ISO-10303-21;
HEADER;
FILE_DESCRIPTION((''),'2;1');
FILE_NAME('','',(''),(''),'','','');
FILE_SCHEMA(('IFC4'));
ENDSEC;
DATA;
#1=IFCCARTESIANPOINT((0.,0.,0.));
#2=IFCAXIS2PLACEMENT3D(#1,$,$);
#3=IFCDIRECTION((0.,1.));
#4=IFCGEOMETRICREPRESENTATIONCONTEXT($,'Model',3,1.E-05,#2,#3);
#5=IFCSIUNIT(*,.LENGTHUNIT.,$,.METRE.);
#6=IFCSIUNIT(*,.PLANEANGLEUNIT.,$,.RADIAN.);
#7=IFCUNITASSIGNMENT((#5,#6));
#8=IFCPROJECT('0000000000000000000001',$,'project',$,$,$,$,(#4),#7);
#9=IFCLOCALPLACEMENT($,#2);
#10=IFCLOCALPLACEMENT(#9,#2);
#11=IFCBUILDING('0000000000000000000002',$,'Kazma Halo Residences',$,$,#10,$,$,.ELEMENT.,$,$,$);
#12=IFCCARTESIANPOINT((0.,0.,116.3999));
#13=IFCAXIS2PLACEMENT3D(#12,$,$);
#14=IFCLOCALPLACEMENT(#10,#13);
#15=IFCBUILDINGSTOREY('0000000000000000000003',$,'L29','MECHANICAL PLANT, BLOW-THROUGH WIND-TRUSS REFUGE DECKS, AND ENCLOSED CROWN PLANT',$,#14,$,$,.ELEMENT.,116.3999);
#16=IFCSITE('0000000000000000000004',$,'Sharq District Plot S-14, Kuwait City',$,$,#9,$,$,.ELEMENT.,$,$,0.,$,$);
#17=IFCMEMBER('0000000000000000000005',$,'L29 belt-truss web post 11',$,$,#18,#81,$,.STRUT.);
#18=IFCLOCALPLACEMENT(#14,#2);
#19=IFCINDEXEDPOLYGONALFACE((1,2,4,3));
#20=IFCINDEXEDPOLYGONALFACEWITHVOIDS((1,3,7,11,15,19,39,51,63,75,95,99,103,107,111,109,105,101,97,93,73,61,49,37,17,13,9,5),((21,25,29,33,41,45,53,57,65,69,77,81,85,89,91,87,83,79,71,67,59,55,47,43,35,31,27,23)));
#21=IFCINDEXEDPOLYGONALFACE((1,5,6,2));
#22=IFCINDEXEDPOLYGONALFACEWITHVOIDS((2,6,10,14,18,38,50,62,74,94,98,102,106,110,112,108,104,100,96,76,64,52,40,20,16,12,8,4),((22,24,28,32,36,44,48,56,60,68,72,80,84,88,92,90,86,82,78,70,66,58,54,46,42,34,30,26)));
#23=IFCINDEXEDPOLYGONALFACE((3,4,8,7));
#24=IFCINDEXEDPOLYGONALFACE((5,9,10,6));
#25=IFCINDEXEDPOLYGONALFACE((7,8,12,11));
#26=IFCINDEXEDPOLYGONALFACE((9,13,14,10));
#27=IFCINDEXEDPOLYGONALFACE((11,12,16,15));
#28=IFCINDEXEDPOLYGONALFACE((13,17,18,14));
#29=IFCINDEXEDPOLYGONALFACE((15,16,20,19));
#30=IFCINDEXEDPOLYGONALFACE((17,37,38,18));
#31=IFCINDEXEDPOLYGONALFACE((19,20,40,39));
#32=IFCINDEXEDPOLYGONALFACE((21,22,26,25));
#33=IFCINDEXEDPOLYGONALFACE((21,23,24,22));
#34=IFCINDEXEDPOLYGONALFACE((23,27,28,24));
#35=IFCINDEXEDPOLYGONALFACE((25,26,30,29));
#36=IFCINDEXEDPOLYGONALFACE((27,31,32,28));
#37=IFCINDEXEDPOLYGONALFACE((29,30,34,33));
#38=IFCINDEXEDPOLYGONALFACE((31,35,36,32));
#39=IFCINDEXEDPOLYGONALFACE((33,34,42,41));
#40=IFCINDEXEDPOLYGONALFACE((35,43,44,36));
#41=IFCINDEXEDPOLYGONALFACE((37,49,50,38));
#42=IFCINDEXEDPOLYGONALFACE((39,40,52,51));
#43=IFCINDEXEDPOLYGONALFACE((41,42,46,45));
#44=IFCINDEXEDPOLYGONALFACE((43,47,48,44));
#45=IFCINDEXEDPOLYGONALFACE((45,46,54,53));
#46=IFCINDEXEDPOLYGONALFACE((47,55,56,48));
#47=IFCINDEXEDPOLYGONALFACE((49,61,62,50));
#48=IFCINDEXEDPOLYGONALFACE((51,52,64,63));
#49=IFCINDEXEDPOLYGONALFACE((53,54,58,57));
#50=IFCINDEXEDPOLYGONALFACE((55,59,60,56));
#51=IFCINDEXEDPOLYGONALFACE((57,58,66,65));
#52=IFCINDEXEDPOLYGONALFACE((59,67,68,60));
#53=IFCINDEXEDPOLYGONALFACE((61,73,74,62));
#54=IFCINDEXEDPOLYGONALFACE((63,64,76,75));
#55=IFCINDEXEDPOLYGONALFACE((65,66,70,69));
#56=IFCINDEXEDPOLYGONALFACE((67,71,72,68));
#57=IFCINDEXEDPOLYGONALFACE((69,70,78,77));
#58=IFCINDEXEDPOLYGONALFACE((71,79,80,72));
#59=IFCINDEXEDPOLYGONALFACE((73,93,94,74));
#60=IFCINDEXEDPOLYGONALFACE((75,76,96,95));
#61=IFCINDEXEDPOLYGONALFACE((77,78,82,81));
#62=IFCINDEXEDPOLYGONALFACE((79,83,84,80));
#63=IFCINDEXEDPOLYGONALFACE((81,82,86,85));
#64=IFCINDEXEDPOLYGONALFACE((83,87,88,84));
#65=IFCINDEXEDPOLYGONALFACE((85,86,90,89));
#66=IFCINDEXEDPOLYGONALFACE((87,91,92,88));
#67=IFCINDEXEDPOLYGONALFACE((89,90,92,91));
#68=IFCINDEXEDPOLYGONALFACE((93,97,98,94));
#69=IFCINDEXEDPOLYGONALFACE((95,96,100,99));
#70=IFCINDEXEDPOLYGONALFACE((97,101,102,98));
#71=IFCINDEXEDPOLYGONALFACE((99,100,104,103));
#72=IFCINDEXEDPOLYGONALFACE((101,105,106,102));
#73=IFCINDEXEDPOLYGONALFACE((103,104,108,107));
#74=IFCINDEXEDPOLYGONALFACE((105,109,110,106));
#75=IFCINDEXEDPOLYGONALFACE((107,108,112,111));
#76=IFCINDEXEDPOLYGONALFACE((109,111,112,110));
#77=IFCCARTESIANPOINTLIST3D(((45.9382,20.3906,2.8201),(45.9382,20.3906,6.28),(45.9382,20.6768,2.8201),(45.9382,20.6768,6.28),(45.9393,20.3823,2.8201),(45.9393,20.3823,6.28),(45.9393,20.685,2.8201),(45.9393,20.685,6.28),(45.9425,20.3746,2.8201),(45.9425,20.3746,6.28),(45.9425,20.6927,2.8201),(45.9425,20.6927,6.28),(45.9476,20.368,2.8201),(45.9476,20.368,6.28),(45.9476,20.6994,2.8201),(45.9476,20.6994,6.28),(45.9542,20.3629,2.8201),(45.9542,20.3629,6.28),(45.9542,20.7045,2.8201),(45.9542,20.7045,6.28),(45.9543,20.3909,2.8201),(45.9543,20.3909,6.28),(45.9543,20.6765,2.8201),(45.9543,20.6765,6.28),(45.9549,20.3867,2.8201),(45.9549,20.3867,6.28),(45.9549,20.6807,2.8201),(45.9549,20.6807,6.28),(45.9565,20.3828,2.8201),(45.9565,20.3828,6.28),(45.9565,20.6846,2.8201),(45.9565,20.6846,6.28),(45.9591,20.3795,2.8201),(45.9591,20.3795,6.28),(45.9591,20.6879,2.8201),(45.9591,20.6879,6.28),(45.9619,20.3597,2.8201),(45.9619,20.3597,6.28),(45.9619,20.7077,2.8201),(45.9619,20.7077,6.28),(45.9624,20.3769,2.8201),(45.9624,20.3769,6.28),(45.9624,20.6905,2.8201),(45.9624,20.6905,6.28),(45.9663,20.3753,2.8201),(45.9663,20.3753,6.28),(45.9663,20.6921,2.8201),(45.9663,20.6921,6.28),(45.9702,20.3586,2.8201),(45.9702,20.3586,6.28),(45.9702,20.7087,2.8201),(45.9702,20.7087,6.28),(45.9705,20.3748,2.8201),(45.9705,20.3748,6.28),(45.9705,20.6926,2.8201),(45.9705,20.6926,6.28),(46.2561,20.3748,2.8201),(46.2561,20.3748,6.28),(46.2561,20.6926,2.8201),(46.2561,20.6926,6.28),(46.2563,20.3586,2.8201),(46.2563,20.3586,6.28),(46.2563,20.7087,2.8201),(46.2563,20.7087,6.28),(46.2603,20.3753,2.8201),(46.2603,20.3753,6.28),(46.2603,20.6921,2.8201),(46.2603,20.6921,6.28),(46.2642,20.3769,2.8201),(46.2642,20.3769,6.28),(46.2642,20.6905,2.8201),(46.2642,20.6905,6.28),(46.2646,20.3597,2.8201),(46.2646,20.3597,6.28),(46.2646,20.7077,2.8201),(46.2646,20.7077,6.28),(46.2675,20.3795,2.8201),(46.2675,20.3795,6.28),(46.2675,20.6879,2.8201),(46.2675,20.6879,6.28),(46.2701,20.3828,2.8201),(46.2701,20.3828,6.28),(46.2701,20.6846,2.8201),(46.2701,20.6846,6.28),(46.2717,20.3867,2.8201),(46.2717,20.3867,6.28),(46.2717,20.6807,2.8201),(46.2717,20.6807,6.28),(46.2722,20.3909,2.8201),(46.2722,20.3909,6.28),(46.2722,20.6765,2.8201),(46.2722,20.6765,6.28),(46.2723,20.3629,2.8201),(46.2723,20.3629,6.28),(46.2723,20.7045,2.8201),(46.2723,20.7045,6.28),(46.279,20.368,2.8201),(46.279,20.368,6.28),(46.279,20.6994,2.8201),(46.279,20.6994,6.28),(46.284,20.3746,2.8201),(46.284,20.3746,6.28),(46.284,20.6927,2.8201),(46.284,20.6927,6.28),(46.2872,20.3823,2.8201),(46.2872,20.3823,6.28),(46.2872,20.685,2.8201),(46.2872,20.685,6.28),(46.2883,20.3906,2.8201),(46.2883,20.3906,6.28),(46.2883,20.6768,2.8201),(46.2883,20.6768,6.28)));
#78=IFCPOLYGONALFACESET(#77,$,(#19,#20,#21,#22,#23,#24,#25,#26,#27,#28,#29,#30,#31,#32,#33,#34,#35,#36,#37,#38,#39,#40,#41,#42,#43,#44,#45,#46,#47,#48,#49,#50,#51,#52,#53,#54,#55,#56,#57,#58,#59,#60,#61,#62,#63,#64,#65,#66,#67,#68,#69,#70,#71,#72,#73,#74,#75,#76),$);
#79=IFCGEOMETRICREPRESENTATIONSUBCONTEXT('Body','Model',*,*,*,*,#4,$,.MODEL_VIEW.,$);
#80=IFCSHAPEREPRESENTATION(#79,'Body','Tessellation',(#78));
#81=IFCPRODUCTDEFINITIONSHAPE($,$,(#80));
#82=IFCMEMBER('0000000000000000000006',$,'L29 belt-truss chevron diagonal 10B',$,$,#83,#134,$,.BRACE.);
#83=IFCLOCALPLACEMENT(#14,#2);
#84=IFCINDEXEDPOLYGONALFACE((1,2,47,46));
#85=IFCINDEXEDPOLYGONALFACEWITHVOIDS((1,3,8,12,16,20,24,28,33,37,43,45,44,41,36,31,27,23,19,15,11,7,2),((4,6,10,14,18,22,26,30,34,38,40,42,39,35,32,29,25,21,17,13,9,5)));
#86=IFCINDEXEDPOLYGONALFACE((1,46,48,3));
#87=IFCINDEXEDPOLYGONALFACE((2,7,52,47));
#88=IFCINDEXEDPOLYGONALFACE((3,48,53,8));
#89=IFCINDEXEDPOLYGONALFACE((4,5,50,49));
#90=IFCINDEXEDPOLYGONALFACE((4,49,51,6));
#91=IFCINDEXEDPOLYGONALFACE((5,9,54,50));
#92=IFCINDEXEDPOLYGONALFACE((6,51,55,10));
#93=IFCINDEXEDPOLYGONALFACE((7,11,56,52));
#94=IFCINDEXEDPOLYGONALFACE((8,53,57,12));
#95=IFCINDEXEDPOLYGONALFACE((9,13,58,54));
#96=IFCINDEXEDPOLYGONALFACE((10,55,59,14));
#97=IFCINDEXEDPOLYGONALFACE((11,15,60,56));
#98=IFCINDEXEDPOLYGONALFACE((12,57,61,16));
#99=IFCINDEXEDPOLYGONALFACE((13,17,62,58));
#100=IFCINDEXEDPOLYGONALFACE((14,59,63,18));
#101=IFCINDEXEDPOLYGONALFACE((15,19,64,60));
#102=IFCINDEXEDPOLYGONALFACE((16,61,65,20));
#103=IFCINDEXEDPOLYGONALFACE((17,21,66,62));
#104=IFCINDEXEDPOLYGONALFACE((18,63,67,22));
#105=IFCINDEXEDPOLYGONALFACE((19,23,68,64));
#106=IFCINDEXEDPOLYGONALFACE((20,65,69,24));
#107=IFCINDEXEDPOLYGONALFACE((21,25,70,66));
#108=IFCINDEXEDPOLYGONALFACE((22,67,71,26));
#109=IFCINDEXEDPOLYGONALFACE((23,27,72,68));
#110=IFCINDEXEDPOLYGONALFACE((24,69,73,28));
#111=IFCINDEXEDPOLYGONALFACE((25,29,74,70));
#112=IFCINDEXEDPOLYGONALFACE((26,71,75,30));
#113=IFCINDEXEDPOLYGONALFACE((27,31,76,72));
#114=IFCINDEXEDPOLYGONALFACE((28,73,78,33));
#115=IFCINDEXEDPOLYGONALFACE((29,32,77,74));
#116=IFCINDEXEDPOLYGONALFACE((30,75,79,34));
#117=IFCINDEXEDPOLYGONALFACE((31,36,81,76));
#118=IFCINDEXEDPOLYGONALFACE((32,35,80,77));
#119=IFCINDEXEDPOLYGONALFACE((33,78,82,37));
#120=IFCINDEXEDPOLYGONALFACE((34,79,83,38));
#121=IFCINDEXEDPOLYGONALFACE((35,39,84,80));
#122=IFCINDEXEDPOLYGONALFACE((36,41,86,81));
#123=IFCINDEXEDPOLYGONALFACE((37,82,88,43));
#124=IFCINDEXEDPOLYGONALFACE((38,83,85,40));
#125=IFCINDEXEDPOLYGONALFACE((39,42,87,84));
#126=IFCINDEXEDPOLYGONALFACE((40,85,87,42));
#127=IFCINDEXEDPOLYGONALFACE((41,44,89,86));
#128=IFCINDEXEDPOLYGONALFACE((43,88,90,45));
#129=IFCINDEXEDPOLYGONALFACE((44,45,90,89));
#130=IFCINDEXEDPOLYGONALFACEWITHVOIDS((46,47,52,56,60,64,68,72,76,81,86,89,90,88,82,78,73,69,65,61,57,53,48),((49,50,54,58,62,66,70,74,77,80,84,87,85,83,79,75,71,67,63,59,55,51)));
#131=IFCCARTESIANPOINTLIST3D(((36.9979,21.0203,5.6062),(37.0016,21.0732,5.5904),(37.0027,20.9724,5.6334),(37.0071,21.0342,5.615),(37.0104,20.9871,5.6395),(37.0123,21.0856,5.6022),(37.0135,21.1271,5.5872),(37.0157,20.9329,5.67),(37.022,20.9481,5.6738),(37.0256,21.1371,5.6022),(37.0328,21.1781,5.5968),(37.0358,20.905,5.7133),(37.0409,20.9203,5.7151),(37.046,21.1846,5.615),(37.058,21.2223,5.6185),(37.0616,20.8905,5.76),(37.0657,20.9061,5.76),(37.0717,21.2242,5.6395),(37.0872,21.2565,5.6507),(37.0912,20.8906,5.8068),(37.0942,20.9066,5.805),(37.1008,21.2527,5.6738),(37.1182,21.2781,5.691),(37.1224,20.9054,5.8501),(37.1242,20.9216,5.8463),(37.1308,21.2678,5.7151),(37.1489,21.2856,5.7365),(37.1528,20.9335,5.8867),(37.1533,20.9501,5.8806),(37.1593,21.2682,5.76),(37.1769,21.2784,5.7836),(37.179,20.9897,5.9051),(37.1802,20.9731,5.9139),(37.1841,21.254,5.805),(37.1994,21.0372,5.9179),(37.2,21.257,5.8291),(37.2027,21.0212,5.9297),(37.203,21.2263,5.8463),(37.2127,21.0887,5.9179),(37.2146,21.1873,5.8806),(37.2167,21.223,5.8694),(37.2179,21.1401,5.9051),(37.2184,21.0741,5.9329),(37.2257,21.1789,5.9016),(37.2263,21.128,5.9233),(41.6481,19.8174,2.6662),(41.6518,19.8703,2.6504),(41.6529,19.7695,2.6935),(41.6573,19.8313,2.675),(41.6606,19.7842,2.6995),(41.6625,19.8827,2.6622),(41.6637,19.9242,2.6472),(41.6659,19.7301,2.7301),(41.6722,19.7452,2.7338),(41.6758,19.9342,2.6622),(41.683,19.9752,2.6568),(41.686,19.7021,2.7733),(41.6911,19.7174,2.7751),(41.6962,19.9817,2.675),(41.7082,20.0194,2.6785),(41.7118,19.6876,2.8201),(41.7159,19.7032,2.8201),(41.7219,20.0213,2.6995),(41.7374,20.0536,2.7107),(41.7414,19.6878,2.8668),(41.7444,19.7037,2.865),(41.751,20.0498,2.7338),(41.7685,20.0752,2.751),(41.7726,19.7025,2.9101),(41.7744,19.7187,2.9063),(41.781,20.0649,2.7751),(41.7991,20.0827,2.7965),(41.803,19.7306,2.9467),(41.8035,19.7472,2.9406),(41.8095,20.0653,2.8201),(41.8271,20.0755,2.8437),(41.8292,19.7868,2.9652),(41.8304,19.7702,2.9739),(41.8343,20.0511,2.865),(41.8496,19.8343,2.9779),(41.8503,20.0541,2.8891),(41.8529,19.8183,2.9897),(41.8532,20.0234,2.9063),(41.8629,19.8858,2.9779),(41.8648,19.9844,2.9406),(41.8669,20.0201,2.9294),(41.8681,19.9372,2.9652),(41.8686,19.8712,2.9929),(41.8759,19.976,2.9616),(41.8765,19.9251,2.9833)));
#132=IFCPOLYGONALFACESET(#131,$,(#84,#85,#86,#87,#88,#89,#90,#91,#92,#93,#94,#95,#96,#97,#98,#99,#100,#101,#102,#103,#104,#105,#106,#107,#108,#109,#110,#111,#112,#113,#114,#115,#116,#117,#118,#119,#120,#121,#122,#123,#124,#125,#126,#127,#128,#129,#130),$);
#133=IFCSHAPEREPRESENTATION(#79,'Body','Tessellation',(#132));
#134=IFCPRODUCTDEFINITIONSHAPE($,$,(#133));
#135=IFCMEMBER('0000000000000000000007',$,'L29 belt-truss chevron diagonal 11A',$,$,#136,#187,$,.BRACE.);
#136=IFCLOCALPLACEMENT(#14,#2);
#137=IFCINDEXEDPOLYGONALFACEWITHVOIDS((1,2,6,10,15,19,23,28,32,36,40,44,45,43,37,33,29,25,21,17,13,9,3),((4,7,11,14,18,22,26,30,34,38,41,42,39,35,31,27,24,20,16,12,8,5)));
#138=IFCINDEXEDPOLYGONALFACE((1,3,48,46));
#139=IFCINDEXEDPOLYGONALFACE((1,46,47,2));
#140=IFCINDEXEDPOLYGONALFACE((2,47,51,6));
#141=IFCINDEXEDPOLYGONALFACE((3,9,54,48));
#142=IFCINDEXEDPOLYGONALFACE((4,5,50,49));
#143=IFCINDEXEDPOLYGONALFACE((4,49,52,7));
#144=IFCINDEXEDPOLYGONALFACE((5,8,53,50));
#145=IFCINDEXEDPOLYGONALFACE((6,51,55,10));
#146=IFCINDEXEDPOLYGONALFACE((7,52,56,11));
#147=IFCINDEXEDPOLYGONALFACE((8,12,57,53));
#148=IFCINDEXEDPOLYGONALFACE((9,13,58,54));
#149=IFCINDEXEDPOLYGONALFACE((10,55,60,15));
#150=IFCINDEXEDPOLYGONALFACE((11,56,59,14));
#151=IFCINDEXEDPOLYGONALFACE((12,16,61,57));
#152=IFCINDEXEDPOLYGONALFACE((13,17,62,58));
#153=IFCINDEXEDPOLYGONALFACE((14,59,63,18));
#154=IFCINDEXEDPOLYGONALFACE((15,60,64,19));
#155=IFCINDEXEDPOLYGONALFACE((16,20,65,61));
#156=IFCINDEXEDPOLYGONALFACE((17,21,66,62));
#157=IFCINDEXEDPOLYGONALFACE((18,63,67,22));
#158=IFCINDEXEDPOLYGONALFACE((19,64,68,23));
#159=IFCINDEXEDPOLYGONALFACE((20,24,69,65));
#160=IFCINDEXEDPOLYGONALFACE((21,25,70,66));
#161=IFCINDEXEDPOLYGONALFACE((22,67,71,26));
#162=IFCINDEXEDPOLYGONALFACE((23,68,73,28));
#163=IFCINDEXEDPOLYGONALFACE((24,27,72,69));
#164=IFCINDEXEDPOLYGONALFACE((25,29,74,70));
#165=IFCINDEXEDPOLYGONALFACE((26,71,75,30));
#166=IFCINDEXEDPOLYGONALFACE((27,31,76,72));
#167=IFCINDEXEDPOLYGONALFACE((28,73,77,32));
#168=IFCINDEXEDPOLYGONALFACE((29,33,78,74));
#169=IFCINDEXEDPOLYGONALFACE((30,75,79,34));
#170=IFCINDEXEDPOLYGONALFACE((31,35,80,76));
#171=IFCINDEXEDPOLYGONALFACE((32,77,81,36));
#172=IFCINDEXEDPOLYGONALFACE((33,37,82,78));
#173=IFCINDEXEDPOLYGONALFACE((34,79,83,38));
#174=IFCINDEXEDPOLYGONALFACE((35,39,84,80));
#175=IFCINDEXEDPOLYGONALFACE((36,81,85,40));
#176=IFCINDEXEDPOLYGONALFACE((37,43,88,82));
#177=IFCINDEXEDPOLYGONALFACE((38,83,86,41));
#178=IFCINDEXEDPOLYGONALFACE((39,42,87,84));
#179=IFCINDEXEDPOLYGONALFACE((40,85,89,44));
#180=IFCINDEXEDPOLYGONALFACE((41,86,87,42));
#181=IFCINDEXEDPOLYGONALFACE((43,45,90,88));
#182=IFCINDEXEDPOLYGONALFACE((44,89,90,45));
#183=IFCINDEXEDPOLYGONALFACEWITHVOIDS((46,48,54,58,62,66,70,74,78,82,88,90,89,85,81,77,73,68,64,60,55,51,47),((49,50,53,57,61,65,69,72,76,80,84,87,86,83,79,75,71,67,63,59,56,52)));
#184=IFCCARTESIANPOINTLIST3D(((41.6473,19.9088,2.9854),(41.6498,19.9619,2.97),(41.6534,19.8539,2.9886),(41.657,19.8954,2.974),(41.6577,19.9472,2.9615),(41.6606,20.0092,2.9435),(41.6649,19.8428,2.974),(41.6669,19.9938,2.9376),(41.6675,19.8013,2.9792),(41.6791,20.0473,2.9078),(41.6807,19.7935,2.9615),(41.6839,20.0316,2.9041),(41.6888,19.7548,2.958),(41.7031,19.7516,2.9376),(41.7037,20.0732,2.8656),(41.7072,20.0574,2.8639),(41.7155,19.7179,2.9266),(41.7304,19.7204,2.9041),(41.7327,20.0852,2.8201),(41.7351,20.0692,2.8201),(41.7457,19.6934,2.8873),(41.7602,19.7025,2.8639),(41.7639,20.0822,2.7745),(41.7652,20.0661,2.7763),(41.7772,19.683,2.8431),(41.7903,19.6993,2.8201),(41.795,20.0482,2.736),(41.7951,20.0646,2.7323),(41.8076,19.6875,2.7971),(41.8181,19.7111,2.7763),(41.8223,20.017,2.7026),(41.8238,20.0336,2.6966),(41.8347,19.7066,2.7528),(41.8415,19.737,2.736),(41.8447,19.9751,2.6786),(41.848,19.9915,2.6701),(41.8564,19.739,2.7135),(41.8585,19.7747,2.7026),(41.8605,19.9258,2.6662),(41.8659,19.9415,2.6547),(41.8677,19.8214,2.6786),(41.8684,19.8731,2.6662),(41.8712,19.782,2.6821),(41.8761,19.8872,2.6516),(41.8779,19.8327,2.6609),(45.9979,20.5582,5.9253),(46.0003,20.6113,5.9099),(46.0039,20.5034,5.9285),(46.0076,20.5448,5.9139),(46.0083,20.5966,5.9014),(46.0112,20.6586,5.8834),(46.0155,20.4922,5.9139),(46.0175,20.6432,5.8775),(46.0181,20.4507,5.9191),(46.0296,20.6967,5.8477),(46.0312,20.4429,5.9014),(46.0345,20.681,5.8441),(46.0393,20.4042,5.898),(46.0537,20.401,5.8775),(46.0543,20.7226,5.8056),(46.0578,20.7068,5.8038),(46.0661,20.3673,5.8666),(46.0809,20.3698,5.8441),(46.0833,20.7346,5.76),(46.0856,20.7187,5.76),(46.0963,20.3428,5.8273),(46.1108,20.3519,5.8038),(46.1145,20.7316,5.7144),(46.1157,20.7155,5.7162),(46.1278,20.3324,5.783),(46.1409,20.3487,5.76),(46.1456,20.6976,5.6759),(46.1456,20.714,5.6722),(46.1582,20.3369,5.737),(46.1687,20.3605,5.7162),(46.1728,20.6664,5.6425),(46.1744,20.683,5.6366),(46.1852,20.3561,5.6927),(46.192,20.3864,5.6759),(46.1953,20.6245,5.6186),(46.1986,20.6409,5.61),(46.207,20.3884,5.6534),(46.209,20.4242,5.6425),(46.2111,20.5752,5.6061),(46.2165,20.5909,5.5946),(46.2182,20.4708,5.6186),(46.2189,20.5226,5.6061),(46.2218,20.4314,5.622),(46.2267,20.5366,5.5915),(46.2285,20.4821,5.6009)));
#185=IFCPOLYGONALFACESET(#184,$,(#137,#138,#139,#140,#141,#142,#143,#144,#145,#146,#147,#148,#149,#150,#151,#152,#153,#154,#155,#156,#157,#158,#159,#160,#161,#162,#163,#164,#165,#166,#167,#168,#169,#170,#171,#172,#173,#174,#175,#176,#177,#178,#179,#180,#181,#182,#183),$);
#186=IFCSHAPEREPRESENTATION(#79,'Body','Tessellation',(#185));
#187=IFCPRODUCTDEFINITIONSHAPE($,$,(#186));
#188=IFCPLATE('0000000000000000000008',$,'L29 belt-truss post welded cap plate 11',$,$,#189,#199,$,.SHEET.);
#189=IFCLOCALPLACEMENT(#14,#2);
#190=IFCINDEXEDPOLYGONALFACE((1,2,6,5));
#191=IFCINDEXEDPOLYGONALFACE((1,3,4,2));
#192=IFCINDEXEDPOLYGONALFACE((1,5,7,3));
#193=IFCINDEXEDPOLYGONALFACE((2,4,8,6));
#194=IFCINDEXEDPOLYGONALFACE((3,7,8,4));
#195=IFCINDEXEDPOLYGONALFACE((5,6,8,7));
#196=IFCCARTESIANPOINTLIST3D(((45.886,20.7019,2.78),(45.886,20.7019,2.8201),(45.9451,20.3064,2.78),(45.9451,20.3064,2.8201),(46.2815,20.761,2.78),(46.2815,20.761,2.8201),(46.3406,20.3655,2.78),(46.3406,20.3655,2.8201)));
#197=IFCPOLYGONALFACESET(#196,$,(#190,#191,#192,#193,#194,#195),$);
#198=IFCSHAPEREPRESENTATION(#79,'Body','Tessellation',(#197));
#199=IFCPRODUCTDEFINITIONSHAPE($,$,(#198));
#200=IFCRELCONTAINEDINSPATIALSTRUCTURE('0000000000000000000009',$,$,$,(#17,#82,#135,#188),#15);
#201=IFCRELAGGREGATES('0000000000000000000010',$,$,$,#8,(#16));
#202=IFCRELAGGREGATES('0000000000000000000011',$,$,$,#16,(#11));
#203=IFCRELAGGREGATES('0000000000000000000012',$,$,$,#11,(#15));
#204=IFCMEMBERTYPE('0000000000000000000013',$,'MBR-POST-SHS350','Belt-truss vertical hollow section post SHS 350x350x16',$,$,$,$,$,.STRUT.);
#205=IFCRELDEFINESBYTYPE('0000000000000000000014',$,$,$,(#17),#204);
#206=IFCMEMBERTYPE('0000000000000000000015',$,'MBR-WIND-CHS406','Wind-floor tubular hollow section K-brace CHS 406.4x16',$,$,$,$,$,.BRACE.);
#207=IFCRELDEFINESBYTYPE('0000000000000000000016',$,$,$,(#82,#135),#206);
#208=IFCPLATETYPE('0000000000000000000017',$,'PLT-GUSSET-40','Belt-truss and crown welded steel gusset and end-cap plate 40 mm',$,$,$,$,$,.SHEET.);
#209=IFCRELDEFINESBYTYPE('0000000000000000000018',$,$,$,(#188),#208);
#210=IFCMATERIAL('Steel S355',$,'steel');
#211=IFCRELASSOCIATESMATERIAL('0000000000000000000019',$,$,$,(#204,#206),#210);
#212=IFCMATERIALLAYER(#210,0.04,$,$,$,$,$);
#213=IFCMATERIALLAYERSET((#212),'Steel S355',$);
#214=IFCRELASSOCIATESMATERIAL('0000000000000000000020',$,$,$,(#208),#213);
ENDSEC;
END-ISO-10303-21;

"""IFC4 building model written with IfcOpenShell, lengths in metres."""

from ifc_helpers import new_model, si_unit, direction, frame, origin, origin_2d, place, context, subcontext, project, spatial, rectangle, hollow_rectangle, hollow_circle, extrude, material, layer, layer_set, material_profile, profile_set, type_object, element, save


model = new_model("IFC4")

# Units and contexts
model_context = context("Model", 3, precision=1e-05, world=origin(), true_north=direction((0.0, 1.0)))
body_context = subcontext(model_context, "Body", "Model", "MODEL_VIEW")
ifc_project = project(units=[si_unit("LENGTHUNIT", "METRE"), si_unit("PLANEANGLEUNIT", "RADIAN")], contexts=[model_context])

# Site, building, storey
site_placement = place(None, origin())
site = spatial("IfcSite", under=ifc_project, at=site_placement, Name="Sharq District Plot S-14, Kuwait City", CompositionType="ELEMENT", RefElevation=0.0)
building_placement = place(site_placement, origin())
building = spatial("IfcBuilding", under=site, at=building_placement, Name="Kazma Halo Residences", CompositionType="ELEMENT")
storey_placement = place(building_placement, frame((0.0, 0.0, 116.3999)))
storey = spatial("IfcBuildingStorey", under=building, at=storey_placement, Name="L29", Description="MECHANICAL PLANT, BLOW-THROUGH WIND-TRUSS REFUGE DECKS, AND ENCLOSED CROWN PLANT", CompositionType="ELEMENT", Elevation=116.3999)

# Shared definitions
ifc_material_1 = material(Name="Steel S355", Category="steel")

# Members
ifc_material_profile_1 = material_profile(ifc_material_1, hollow_rectangle(XDim=0.3501, YDim=0.3501, WallThickness=0.0161, InnerFilletRadius=0.0161, OuterFilletRadius=0.032, at=origin_2d()), Name="SHS350x350x16")
ifc_profile_set_1 = profile_set([ifc_material_profile_1], Name="Steel S355")
member_type_1 = type_object("IfcMemberType", Name="MBR-POST-SHS350", Description="Belt-truss vertical hollow section post SHS 350x350x16", PredefinedType="STRUT", material=ifc_profile_set_1)
member_1_placement = place(storey_placement, frame((46.1133, 20.5337, 2.8201), z_axis=(0.0, 0.0, 1.0), x_axis=(1.0, 0.0, 0.0)))
element("IfcMember", 1, at=member_1_placement, inside=storey, type_object=member_type_1, Name="L29 belt-truss web post 11", PredefinedType="STRUT", context=body_context, shape_type="SweptSolid", body=[
    extrude(hollow_rectangle(XDim=0.3501, YDim=0.3501, WallThickness=0.0161, InnerFilletRadius=0.0161, OuterFilletRadius=0.032, at=origin_2d()), origin(), (0.0, 0.0, 1.0), 3.46),
])
ifc_material_profile_2 = material_profile(ifc_material_1, hollow_circle(Radius=0.2031, WallThickness=0.0161, at=origin_2d()), Name="CHS406.4x16")
ifc_profile_set_2 = profile_set([ifc_material_profile_2], Name="Steel S355")
member_type_2 = type_object("IfcMemberType", Name="MBR-WIND-CHS406", Description="Wind-floor tubular hollow section K-brace CHS 406.4x16", PredefinedType="BRACE", material=ifc_profile_set_2)
member_2_placement = place(storey_placement, frame((41.7627, 19.8843, 2.8201), z_axis=(-0.825735, 0.213598, 0.522051), x_axis=(-0.250433, -0.968134, 0.0)))
element("IfcMember", 2, at=member_2_placement, inside=storey, type_object=member_type_2, Name="L29 belt-truss chevron diagonal 10B", PredefinedType="BRACE", context=body_context, shape_type="SweptSolid", body=[
    extrude(hollow_circle(Radius=0.2031, WallThickness=0.0161, at=origin_2d()), origin(), (0.0, 0.0, 1.0), 5.6316),
])
member_3_placement = place(storey_placement, frame((41.7627, 19.8843, 2.8201), z_axis=(0.822292, 0.122744, 0.55567), x_axis=(-0.147635, 0.989042, 0.0)))
element("IfcMember", 3, at=member_3_placement, inside=storey, type_object=member_type_2, Name="L29 belt-truss chevron diagonal 11A", PredefinedType="BRACE", context=body_context, shape_type="SweptSolid", body=[
    extrude(hollow_circle(Radius=0.2031, WallThickness=0.0161, at=origin_2d()), origin(), (0.0, 0.0, 1.0), 5.2908),
])

# Plate
ifc_layer_1 = layer(ifc_material_1, 0.04)
ifc_layer_set_1 = layer_set([ifc_layer_1], Name="Steel S355")
plate_type = type_object("IfcPlateType", Name="PLT-GUSSET-40", Description="Belt-truss and crown welded steel gusset and end-cap plate 40 mm", PredefinedType="SHEET", material=ifc_layer_set_1)
plate_1_placement = place(storey_placement, frame((46.1133, 20.5337, 2.78), z_axis=(0.0, 0.0, 1.0), x_axis=(0.989036, 0.147677, 0.0)))
element("IfcPlate", 4, at=plate_1_placement, inside=storey, type_object=plate_type, Name="L29 belt-truss post welded cap plate 11", PredefinedType="SHEET", context=body_context, shape_type="SweptSolid", body=[
    extrude(rectangle(XDim=0.3999, YDim=0.3999, at=origin_2d()), origin(), (0.0, 0.0, 1.0), 0.04),
])

save(model, "model.ifc")
